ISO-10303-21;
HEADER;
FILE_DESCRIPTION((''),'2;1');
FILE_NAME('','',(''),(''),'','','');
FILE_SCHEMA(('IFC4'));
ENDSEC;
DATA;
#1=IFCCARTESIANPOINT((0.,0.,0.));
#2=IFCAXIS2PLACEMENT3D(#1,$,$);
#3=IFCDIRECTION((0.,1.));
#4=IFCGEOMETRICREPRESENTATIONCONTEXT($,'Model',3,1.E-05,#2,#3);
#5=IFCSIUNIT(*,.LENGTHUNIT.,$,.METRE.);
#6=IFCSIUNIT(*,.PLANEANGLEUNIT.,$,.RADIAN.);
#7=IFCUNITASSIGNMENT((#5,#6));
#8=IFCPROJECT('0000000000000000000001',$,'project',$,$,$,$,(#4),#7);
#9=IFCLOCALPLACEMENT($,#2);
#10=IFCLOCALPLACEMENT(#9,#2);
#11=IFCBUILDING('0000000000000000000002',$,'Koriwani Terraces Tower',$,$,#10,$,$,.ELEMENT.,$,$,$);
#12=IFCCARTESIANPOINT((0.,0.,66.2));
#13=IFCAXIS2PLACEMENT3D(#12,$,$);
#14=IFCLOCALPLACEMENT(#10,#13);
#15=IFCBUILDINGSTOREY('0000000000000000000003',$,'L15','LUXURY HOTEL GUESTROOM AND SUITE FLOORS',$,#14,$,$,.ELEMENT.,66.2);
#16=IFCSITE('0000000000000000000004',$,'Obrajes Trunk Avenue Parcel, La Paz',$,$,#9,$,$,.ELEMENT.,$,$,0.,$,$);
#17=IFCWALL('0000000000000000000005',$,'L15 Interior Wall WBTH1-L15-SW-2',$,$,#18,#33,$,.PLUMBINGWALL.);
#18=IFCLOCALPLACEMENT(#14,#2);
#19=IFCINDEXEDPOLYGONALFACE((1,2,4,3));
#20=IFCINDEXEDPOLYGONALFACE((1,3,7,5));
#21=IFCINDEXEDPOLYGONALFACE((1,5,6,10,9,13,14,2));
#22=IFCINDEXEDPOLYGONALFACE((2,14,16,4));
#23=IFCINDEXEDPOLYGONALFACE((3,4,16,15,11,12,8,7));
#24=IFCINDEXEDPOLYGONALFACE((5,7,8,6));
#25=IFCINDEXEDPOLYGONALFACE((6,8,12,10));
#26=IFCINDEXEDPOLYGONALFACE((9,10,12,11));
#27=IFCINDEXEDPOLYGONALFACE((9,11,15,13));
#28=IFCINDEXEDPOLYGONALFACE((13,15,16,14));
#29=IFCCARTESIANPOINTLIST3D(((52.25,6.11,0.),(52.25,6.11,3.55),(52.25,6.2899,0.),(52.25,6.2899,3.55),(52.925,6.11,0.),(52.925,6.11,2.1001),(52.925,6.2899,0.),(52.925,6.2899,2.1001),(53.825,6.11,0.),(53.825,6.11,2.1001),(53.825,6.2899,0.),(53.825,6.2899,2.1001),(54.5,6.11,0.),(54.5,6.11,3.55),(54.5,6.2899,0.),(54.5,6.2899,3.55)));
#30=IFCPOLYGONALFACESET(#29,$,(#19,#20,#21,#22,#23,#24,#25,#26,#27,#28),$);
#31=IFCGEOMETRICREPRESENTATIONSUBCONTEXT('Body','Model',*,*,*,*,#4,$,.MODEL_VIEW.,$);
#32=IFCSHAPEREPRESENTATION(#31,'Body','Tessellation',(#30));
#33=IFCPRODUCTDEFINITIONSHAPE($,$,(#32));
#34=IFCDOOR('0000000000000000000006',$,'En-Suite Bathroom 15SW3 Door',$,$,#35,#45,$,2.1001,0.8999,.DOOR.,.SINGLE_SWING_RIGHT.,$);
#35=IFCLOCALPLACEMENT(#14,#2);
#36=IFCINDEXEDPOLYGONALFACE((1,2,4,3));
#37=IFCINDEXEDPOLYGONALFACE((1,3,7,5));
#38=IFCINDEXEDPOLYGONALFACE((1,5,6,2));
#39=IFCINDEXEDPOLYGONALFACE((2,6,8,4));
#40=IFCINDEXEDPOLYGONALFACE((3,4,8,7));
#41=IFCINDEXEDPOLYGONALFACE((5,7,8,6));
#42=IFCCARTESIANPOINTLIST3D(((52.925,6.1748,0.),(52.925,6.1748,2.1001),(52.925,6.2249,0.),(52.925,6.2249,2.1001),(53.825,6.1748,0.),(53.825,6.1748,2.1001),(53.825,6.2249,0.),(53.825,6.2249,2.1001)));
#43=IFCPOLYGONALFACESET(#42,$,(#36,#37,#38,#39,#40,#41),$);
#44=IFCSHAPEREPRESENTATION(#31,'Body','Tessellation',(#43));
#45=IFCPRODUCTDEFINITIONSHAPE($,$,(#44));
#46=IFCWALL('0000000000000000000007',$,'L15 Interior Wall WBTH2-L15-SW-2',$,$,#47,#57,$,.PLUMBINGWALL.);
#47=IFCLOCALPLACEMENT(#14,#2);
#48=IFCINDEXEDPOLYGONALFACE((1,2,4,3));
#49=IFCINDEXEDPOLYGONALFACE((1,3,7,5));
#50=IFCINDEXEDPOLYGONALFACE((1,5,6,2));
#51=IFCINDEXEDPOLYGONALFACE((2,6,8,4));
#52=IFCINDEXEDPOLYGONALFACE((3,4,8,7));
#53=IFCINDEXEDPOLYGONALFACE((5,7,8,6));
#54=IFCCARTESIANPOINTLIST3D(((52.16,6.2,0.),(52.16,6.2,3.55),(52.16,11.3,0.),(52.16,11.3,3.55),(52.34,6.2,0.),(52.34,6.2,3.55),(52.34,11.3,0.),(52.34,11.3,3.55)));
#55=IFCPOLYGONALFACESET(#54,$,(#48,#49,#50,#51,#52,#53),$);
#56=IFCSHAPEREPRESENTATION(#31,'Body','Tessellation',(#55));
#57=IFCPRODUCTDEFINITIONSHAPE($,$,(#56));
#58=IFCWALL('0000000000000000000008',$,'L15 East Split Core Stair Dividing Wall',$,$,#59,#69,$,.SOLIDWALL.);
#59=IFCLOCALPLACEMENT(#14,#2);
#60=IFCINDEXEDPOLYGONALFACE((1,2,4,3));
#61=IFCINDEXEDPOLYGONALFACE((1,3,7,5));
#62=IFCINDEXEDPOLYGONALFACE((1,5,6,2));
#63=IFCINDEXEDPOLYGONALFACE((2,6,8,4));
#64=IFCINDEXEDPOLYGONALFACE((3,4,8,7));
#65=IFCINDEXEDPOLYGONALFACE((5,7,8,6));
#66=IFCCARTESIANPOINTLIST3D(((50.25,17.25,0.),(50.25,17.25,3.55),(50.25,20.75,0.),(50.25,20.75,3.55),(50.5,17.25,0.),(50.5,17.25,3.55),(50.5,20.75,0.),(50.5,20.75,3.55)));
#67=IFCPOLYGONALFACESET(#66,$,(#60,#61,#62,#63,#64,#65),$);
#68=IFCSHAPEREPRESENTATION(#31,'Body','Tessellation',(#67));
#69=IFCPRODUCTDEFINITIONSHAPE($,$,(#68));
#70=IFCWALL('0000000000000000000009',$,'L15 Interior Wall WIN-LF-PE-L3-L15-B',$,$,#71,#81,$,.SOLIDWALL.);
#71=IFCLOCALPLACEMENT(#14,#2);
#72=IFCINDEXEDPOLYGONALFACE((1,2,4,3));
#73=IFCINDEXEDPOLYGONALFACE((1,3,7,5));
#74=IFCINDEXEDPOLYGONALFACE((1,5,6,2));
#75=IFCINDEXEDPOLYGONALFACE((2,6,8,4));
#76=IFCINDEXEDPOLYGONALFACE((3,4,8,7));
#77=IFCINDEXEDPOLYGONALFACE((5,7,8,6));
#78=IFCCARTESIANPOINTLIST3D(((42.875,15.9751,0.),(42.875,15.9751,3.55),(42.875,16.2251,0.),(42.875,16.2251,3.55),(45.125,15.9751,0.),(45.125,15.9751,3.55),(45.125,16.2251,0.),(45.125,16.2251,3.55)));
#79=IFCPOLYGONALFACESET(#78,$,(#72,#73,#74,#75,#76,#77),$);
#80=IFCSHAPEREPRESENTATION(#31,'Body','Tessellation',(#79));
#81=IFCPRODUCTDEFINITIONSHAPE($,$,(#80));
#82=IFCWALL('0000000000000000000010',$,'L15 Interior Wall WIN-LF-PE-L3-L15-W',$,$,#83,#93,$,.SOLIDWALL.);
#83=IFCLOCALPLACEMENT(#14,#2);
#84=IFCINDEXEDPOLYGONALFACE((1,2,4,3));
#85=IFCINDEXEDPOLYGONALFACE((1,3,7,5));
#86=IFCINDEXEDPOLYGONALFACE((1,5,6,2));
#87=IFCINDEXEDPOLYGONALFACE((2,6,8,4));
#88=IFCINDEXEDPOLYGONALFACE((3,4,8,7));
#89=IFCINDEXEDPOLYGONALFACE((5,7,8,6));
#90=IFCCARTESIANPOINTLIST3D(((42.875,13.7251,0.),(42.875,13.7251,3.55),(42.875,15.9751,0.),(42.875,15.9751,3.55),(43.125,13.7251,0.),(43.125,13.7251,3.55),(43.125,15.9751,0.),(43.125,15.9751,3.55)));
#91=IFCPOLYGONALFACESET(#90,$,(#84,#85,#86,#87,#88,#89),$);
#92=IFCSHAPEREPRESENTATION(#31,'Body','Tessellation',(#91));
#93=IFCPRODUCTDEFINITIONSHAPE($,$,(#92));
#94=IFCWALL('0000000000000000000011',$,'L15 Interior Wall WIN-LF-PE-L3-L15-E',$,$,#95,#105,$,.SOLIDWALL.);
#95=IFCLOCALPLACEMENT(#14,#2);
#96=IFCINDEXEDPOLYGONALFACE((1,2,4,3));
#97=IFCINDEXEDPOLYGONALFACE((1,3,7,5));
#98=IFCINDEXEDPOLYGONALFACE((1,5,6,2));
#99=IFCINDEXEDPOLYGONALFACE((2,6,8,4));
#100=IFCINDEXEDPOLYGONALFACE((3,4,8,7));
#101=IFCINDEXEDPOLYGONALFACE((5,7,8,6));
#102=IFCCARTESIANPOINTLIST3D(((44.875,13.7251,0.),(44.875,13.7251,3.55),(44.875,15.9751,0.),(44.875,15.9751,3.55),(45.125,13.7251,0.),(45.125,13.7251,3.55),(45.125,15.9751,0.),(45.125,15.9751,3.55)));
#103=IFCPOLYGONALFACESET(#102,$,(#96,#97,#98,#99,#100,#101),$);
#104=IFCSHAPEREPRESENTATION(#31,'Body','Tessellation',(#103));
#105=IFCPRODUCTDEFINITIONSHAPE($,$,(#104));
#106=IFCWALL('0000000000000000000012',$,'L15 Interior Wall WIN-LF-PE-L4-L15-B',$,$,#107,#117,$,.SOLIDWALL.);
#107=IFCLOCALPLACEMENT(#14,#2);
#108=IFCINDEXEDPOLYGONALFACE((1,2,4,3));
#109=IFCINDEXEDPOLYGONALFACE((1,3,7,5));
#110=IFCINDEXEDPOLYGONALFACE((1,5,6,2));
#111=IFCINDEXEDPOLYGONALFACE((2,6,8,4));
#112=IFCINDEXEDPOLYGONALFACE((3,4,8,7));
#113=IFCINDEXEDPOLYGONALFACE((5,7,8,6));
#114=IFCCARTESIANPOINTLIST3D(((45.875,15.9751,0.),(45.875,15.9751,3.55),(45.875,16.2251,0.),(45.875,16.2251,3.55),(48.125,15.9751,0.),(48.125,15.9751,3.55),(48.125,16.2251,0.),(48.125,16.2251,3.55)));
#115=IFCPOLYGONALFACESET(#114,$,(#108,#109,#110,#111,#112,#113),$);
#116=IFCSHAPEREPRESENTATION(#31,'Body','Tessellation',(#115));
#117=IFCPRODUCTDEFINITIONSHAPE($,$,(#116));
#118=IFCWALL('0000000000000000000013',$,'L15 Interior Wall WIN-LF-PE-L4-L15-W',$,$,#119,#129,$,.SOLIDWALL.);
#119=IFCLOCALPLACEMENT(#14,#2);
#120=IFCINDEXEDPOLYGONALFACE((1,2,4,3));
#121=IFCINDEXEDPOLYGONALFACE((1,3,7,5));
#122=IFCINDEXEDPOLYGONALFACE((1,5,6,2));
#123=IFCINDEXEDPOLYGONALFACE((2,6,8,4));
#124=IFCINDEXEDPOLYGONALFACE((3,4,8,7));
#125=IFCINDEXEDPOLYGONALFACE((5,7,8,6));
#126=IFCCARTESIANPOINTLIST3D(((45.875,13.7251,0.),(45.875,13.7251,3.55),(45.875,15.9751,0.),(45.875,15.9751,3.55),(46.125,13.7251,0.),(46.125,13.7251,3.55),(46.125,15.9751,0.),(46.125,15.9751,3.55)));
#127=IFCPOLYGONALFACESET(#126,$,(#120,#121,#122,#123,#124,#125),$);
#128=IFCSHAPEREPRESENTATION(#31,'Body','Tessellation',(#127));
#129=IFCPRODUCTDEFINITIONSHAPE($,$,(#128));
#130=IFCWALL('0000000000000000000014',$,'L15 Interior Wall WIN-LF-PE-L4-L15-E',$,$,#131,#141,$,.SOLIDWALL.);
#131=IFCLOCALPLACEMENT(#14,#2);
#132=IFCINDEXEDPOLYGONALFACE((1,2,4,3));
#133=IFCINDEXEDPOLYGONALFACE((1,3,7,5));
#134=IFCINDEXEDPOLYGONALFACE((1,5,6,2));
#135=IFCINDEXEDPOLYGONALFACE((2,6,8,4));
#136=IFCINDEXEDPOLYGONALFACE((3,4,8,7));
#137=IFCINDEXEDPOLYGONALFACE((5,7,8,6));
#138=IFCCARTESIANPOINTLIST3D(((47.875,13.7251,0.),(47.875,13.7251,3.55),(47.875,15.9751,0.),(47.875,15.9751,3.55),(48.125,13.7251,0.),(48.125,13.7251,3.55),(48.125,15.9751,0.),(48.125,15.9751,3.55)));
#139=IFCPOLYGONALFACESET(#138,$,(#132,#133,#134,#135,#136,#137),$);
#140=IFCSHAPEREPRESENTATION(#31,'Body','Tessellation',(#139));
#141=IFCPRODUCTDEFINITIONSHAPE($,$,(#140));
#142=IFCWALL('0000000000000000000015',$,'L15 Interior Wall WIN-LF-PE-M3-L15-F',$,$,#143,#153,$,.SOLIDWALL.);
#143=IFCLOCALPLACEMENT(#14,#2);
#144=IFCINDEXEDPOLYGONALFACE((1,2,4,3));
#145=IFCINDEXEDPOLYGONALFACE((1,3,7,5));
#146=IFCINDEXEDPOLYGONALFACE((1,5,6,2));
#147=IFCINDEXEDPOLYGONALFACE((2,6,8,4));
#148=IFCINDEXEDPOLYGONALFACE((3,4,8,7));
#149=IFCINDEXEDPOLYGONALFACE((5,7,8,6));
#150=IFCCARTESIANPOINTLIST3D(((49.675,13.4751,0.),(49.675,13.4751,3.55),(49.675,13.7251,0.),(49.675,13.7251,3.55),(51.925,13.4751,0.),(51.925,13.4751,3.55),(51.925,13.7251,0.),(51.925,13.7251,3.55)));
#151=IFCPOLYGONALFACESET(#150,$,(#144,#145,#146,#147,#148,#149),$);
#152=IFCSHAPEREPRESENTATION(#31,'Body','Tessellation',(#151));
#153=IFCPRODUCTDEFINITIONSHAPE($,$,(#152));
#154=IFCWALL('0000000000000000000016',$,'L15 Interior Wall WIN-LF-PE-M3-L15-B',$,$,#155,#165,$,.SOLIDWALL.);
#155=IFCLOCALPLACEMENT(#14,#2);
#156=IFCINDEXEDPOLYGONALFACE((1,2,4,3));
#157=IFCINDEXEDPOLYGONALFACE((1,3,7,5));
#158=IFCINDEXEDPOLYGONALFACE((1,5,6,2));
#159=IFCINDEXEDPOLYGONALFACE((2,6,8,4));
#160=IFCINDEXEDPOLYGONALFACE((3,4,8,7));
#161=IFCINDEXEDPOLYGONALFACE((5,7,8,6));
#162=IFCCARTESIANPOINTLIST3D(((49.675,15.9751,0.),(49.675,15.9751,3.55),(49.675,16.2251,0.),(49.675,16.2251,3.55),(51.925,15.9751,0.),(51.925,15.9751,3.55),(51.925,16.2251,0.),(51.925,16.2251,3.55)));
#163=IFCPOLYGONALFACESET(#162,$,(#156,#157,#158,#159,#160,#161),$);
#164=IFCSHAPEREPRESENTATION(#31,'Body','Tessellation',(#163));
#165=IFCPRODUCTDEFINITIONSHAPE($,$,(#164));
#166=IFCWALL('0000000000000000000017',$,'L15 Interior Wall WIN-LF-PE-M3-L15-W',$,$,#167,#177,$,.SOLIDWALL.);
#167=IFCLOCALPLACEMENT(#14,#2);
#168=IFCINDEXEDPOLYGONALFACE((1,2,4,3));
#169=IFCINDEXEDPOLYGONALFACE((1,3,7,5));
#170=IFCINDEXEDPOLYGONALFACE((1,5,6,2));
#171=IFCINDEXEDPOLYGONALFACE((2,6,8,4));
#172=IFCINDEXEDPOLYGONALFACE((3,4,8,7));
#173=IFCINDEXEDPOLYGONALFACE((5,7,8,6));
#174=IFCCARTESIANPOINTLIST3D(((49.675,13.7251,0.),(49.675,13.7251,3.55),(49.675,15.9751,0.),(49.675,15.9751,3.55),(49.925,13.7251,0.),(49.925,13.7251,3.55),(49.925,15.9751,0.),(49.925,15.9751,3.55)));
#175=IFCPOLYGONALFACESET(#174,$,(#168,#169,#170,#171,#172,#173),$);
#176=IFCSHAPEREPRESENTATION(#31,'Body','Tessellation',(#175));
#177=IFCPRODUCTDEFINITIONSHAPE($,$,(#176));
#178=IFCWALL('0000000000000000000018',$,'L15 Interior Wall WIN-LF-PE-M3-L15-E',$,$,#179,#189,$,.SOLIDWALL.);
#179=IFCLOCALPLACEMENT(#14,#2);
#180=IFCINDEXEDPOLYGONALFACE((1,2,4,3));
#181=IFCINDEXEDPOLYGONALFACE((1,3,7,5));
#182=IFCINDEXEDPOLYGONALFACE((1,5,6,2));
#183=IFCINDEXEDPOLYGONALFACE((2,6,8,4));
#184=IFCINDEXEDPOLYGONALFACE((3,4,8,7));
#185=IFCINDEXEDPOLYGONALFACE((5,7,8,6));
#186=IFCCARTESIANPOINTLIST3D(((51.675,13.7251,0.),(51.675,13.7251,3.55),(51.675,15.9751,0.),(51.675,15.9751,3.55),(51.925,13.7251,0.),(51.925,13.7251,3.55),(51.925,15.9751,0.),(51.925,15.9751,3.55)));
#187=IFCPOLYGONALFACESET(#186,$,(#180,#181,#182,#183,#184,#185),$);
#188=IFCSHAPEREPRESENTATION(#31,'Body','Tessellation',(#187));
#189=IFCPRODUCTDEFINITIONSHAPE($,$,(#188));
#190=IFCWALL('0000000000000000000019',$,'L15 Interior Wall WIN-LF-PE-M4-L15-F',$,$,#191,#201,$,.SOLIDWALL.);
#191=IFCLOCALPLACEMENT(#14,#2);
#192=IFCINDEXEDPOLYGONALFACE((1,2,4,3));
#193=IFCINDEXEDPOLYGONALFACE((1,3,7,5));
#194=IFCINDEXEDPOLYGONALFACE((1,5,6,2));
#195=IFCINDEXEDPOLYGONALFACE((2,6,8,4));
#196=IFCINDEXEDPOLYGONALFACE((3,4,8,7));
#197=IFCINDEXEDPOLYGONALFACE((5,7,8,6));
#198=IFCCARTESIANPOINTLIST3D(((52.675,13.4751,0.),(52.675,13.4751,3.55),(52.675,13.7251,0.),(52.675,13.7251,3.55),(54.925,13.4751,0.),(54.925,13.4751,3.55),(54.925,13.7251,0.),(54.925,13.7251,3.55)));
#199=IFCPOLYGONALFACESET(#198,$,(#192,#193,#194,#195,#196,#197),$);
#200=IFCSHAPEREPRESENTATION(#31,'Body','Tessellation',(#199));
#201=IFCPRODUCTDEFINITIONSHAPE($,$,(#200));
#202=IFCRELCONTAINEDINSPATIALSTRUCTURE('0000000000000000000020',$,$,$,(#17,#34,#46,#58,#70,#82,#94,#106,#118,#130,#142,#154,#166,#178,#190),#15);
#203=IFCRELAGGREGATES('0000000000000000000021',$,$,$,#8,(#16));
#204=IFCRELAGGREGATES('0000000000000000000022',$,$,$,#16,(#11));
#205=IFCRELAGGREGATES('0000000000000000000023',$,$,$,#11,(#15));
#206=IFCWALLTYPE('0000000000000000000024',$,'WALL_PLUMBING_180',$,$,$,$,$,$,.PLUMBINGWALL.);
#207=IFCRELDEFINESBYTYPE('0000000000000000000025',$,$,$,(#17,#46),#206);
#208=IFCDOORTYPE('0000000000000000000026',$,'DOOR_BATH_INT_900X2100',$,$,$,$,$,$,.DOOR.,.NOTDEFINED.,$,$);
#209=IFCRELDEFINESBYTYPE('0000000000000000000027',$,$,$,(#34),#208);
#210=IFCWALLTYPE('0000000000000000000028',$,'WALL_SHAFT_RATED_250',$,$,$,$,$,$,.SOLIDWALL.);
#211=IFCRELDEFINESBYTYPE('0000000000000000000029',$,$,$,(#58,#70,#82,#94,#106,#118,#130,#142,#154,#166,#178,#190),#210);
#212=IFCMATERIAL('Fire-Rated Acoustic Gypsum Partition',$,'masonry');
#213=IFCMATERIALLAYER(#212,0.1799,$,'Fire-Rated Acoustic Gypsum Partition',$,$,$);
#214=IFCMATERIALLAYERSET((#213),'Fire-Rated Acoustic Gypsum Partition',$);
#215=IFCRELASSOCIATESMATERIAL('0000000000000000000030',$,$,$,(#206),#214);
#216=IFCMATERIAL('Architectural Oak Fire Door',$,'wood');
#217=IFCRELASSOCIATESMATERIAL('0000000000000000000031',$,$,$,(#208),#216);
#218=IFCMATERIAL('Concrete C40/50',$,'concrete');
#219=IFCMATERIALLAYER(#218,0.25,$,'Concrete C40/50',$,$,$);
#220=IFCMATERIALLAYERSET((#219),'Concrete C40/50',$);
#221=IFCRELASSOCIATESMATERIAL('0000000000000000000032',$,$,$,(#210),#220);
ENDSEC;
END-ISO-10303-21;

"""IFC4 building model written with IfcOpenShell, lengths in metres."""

from ifc_helpers import new_model, si_unit, direction, frame, frame_2d, origin, place, context, subcontext, project, spatial, rectangle, extrude, material, layer, layer_set, type_object, element, fill, save


model = new_model("IFC4")

# Units and contexts
model_context = context("Model", 3, precision=1e-05, world=origin(), true_north=direction((0.0, 1.0)))
body_context = subcontext(model_context, "Body", "Model", "MODEL_VIEW")
ifc_project = project(units=[si_unit("LENGTHUNIT", "METRE"), si_unit("PLANEANGLEUNIT", "RADIAN")], contexts=[model_context])

# Site, building, storey
site_placement = place(None, origin())
site = spatial("IfcSite", under=ifc_project, at=site_placement, Name="Obrajes Trunk Avenue Parcel, La Paz", CompositionType="ELEMENT", RefElevation=0.0)
building_placement = place(site_placement, origin())
building = spatial("IfcBuilding", under=site, at=building_placement, Name="Koriwani Terraces Tower", CompositionType="ELEMENT")
storey_placement = place(building_placement, frame((0.0, 0.0, 66.2)))
storey = spatial("IfcBuildingStorey", under=building, at=storey_placement, Name="L15", Description="LUXURY HOTEL GUESTROOM AND SUITE FLOORS", CompositionType="ELEMENT", Elevation=66.2)

# Shared definitions
ifc_material_1 = material(Name="Concrete C40/50", Category="concrete")

# Wall, opening, door
ifc_material_2 = material(Name="Fire-Rated Acoustic Gypsum Partition", Category="masonry")
ifc_layer_1 = layer(ifc_material_2, 0.1799, Name="Fire-Rated Acoustic Gypsum Partition")
ifc_layer_set_1 = layer_set([ifc_layer_1], Name="Fire-Rated Acoustic Gypsum Partition")
wall_type_1 = type_object("IfcWallType", Name="WALL_PLUMBING_180", PredefinedType="PLUMBINGWALL", material=ifc_layer_set_1)
wall_1_placement = place(storey_placement, frame((52.25, 6.2, 0.0), z_axis=(0.0, 0.0, 1.0), x_axis=(1.0, 0.0, 0.0)))
wall_1 = element("IfcWall", 1, at=wall_1_placement, inside=storey, type_object=wall_type_1, Name="L15 Interior Wall WBTH1-L15-SW-2", PredefinedType="PLUMBINGWALL", context=body_context, shape_type="SweptSolid", body=[
    extrude(rectangle(XDim=2.25, YDim=0.1799, at=frame_2d((1.125, 0.0))), origin(), (0.0, 0.0, 1.0), 3.55),
])
opening_1_placement = place(wall_1_placement, frame((0.675, 0.0, 0.0)))
opening_1 = element("IfcOpeningElement", 2, at=opening_1_placement, cuts=wall_1, PredefinedType="OPENING", context=body_context, shape_type="SweptSolid", body=[
    extrude(rectangle(XDim=0.8999, YDim=2.1001, at=frame_2d((0.45, 1.05))), frame((0.0, 0.1001, 0.0), z_axis=(0.0, -1.0, 0.0), x_axis=(1.0, 0.0, 0.0)), (0.0, 0.0, 1.0), 0.2),
])
ifc_material_3 = material(Name="Architectural Oak Fire Door", Category="wood")
door_type_1 = type_object("IfcDoorType", Name="DOOR_BATH_INT_900X2100", OperationType="NOTDEFINED", PredefinedType="DOOR", material=ifc_material_3)
door_1_placement = place(opening_1_placement, origin())
door_1 = element("IfcDoor", 3, at=door_1_placement, inside=storey, type_object=door_type_1, Name="En-Suite Bathroom 15SW3 Door", OperationType="SINGLE_SWING_RIGHT", OverallHeight=2.1001, OverallWidth=0.8999, PredefinedType="DOOR", context=body_context, shape_type="SweptSolid", body=[
    extrude(rectangle(XDim=0.8999, YDim=2.1001, at=frame_2d((0.45, 1.05))), frame((0.0, 0.0249, 0.0), z_axis=(0.0, -1.0, 0.0), x_axis=(1.0, 0.0, 0.0)), (0.0, 0.0, 1.0), 0.05),
])
fill(opening_1, door_1)

# Walls
wall_2_placement = place(storey_placement, frame((52.25, 6.2, 0.0), z_axis=(0.0, 0.0, 1.0), x_axis=(0.0, 1.0, 0.0)))
element("IfcWall", 4, at=wall_2_placement, inside=storey, type_object=wall_type_1, Name="L15 Interior Wall WBTH2-L15-SW-2", PredefinedType="PLUMBINGWALL", context=body_context, shape_type="SweptSolid", body=[
    extrude(rectangle(XDim=5.1001, YDim=0.1799, at=frame_2d((2.55, 0.0))), origin(), (0.0, 0.0, 1.0), 3.55),
])
ifc_layer_2 = layer(ifc_material_1, 0.25, Name="Concrete C40/50")
ifc_layer_set_2 = layer_set([ifc_layer_2], Name="Concrete C40/50")
wall_type_2 = type_object("IfcWallType", Name="WALL_SHAFT_RATED_250", PredefinedType="SOLIDWALL", material=ifc_layer_set_2)
wall_3_placement = place(storey_placement, frame((50.375, 17.25, 0.0), z_axis=(0.0, 0.0, 1.0), x_axis=(0.0, 1.0, 0.0)))
element("IfcWall", 5, at=wall_3_placement, inside=storey, type_object=wall_type_2, Name="L15 East Split Core Stair Dividing Wall", PredefinedType="SOLIDWALL", context=body_context, shape_type="SweptSolid", body=[
    extrude(rectangle(XDim=3.5, YDim=0.25, at=frame_2d((1.75, 0.0))), origin(), (0.0, 0.0, 1.0), 3.55),
])

# Walls
for number, where, z_axis, x_axis, name in (
    (6, (42.875, 16.1001, 0.0), (0.0, 0.0, 1.0), (1.0, 0.0, 0.0), "L15 Interior Wall WIN-LF-PE-L3-L15-B"),
    (7, (43.0, 13.7251, 0.0), (0.0, 0.0, 1.0), (0.0, 1.0, 0.0), "L15 Interior Wall WIN-LF-PE-L3-L15-W"),
    (8, (45.0, 13.7251, 0.0), (0.0, 0.0, 1.0), (0.0, 1.0, 0.0), "L15 Interior Wall WIN-LF-PE-L3-L15-E"),
):
    element("IfcWall", number, at=place(storey_placement, frame(where, z_axis=z_axis, x_axis=x_axis)), inside=storey, type_object=wall_type_2, Name=name, PredefinedType="SOLIDWALL", context=body_context, shape_type="SweptSolid", body=[
        extrude(rectangle(XDim=2.25, YDim=0.25, at=frame_2d((1.125, 0.0))), origin(), (0.0, 0.0, 1.0), 3.55),
    ])

# Walls
for number, where, z_axis, x_axis, name in (
    (9, (45.875, 16.1001, 0.0), (0.0, 0.0, 1.0), (1.0, 0.0, 0.0), "L15 Interior Wall WIN-LF-PE-L4-L15-B"),
    (10, (46.0, 13.7251, 0.0), (0.0, 0.0, 1.0), (0.0, 1.0, 0.0), "L15 Interior Wall WIN-LF-PE-L4-L15-W"),
    (11, (48.0, 13.7251, 0.0), (0.0, 0.0, 1.0), (0.0, 1.0, 0.0), "L15 Interior Wall WIN-LF-PE-L4-L15-E"),
    (12, (49.675, 13.6001, 0.0), (0.0, 0.0, 1.0), (1.0, 0.0, 0.0), "L15 Interior Wall WIN-LF-PE-M3-L15-F"),
    (13, (49.675, 16.1001, 0.0), (0.0, 0.0, 1.0), (1.0, 0.0, 0.0), "L15 Interior Wall WIN-LF-PE-M3-L15-B"),
    (14, (49.8, 13.7251, 0.0), (0.0, 0.0, 1.0), (0.0, 1.0, 0.0), "L15 Interior Wall WIN-LF-PE-M3-L15-W"),
    (15, (51.8, 13.7251, 0.0), (0.0, 0.0, 1.0), (0.0, 1.0, 0.0), "L15 Interior Wall WIN-LF-PE-M3-L15-E"),
    (16, (52.675, 13.6001, 0.0), (0.0, 0.0, 1.0), (1.0, 0.0, 0.0), "L15 Interior Wall WIN-LF-PE-M4-L15-F"),
):
    element("IfcWall", number, at=place(storey_placement, frame(where, z_axis=z_axis, x_axis=x_axis)), inside=storey, type_object=wall_type_2, Name=name, PredefinedType="SOLIDWALL", context=body_context, shape_type="SweptSolid", body=[
        extrude(rectangle(XDim=2.25, YDim=0.25, at=frame_2d((1.125, 0.0))), origin(), (0.0, 0.0, 1.0), 3.55),
    ])

save(model, "model.ifc")
